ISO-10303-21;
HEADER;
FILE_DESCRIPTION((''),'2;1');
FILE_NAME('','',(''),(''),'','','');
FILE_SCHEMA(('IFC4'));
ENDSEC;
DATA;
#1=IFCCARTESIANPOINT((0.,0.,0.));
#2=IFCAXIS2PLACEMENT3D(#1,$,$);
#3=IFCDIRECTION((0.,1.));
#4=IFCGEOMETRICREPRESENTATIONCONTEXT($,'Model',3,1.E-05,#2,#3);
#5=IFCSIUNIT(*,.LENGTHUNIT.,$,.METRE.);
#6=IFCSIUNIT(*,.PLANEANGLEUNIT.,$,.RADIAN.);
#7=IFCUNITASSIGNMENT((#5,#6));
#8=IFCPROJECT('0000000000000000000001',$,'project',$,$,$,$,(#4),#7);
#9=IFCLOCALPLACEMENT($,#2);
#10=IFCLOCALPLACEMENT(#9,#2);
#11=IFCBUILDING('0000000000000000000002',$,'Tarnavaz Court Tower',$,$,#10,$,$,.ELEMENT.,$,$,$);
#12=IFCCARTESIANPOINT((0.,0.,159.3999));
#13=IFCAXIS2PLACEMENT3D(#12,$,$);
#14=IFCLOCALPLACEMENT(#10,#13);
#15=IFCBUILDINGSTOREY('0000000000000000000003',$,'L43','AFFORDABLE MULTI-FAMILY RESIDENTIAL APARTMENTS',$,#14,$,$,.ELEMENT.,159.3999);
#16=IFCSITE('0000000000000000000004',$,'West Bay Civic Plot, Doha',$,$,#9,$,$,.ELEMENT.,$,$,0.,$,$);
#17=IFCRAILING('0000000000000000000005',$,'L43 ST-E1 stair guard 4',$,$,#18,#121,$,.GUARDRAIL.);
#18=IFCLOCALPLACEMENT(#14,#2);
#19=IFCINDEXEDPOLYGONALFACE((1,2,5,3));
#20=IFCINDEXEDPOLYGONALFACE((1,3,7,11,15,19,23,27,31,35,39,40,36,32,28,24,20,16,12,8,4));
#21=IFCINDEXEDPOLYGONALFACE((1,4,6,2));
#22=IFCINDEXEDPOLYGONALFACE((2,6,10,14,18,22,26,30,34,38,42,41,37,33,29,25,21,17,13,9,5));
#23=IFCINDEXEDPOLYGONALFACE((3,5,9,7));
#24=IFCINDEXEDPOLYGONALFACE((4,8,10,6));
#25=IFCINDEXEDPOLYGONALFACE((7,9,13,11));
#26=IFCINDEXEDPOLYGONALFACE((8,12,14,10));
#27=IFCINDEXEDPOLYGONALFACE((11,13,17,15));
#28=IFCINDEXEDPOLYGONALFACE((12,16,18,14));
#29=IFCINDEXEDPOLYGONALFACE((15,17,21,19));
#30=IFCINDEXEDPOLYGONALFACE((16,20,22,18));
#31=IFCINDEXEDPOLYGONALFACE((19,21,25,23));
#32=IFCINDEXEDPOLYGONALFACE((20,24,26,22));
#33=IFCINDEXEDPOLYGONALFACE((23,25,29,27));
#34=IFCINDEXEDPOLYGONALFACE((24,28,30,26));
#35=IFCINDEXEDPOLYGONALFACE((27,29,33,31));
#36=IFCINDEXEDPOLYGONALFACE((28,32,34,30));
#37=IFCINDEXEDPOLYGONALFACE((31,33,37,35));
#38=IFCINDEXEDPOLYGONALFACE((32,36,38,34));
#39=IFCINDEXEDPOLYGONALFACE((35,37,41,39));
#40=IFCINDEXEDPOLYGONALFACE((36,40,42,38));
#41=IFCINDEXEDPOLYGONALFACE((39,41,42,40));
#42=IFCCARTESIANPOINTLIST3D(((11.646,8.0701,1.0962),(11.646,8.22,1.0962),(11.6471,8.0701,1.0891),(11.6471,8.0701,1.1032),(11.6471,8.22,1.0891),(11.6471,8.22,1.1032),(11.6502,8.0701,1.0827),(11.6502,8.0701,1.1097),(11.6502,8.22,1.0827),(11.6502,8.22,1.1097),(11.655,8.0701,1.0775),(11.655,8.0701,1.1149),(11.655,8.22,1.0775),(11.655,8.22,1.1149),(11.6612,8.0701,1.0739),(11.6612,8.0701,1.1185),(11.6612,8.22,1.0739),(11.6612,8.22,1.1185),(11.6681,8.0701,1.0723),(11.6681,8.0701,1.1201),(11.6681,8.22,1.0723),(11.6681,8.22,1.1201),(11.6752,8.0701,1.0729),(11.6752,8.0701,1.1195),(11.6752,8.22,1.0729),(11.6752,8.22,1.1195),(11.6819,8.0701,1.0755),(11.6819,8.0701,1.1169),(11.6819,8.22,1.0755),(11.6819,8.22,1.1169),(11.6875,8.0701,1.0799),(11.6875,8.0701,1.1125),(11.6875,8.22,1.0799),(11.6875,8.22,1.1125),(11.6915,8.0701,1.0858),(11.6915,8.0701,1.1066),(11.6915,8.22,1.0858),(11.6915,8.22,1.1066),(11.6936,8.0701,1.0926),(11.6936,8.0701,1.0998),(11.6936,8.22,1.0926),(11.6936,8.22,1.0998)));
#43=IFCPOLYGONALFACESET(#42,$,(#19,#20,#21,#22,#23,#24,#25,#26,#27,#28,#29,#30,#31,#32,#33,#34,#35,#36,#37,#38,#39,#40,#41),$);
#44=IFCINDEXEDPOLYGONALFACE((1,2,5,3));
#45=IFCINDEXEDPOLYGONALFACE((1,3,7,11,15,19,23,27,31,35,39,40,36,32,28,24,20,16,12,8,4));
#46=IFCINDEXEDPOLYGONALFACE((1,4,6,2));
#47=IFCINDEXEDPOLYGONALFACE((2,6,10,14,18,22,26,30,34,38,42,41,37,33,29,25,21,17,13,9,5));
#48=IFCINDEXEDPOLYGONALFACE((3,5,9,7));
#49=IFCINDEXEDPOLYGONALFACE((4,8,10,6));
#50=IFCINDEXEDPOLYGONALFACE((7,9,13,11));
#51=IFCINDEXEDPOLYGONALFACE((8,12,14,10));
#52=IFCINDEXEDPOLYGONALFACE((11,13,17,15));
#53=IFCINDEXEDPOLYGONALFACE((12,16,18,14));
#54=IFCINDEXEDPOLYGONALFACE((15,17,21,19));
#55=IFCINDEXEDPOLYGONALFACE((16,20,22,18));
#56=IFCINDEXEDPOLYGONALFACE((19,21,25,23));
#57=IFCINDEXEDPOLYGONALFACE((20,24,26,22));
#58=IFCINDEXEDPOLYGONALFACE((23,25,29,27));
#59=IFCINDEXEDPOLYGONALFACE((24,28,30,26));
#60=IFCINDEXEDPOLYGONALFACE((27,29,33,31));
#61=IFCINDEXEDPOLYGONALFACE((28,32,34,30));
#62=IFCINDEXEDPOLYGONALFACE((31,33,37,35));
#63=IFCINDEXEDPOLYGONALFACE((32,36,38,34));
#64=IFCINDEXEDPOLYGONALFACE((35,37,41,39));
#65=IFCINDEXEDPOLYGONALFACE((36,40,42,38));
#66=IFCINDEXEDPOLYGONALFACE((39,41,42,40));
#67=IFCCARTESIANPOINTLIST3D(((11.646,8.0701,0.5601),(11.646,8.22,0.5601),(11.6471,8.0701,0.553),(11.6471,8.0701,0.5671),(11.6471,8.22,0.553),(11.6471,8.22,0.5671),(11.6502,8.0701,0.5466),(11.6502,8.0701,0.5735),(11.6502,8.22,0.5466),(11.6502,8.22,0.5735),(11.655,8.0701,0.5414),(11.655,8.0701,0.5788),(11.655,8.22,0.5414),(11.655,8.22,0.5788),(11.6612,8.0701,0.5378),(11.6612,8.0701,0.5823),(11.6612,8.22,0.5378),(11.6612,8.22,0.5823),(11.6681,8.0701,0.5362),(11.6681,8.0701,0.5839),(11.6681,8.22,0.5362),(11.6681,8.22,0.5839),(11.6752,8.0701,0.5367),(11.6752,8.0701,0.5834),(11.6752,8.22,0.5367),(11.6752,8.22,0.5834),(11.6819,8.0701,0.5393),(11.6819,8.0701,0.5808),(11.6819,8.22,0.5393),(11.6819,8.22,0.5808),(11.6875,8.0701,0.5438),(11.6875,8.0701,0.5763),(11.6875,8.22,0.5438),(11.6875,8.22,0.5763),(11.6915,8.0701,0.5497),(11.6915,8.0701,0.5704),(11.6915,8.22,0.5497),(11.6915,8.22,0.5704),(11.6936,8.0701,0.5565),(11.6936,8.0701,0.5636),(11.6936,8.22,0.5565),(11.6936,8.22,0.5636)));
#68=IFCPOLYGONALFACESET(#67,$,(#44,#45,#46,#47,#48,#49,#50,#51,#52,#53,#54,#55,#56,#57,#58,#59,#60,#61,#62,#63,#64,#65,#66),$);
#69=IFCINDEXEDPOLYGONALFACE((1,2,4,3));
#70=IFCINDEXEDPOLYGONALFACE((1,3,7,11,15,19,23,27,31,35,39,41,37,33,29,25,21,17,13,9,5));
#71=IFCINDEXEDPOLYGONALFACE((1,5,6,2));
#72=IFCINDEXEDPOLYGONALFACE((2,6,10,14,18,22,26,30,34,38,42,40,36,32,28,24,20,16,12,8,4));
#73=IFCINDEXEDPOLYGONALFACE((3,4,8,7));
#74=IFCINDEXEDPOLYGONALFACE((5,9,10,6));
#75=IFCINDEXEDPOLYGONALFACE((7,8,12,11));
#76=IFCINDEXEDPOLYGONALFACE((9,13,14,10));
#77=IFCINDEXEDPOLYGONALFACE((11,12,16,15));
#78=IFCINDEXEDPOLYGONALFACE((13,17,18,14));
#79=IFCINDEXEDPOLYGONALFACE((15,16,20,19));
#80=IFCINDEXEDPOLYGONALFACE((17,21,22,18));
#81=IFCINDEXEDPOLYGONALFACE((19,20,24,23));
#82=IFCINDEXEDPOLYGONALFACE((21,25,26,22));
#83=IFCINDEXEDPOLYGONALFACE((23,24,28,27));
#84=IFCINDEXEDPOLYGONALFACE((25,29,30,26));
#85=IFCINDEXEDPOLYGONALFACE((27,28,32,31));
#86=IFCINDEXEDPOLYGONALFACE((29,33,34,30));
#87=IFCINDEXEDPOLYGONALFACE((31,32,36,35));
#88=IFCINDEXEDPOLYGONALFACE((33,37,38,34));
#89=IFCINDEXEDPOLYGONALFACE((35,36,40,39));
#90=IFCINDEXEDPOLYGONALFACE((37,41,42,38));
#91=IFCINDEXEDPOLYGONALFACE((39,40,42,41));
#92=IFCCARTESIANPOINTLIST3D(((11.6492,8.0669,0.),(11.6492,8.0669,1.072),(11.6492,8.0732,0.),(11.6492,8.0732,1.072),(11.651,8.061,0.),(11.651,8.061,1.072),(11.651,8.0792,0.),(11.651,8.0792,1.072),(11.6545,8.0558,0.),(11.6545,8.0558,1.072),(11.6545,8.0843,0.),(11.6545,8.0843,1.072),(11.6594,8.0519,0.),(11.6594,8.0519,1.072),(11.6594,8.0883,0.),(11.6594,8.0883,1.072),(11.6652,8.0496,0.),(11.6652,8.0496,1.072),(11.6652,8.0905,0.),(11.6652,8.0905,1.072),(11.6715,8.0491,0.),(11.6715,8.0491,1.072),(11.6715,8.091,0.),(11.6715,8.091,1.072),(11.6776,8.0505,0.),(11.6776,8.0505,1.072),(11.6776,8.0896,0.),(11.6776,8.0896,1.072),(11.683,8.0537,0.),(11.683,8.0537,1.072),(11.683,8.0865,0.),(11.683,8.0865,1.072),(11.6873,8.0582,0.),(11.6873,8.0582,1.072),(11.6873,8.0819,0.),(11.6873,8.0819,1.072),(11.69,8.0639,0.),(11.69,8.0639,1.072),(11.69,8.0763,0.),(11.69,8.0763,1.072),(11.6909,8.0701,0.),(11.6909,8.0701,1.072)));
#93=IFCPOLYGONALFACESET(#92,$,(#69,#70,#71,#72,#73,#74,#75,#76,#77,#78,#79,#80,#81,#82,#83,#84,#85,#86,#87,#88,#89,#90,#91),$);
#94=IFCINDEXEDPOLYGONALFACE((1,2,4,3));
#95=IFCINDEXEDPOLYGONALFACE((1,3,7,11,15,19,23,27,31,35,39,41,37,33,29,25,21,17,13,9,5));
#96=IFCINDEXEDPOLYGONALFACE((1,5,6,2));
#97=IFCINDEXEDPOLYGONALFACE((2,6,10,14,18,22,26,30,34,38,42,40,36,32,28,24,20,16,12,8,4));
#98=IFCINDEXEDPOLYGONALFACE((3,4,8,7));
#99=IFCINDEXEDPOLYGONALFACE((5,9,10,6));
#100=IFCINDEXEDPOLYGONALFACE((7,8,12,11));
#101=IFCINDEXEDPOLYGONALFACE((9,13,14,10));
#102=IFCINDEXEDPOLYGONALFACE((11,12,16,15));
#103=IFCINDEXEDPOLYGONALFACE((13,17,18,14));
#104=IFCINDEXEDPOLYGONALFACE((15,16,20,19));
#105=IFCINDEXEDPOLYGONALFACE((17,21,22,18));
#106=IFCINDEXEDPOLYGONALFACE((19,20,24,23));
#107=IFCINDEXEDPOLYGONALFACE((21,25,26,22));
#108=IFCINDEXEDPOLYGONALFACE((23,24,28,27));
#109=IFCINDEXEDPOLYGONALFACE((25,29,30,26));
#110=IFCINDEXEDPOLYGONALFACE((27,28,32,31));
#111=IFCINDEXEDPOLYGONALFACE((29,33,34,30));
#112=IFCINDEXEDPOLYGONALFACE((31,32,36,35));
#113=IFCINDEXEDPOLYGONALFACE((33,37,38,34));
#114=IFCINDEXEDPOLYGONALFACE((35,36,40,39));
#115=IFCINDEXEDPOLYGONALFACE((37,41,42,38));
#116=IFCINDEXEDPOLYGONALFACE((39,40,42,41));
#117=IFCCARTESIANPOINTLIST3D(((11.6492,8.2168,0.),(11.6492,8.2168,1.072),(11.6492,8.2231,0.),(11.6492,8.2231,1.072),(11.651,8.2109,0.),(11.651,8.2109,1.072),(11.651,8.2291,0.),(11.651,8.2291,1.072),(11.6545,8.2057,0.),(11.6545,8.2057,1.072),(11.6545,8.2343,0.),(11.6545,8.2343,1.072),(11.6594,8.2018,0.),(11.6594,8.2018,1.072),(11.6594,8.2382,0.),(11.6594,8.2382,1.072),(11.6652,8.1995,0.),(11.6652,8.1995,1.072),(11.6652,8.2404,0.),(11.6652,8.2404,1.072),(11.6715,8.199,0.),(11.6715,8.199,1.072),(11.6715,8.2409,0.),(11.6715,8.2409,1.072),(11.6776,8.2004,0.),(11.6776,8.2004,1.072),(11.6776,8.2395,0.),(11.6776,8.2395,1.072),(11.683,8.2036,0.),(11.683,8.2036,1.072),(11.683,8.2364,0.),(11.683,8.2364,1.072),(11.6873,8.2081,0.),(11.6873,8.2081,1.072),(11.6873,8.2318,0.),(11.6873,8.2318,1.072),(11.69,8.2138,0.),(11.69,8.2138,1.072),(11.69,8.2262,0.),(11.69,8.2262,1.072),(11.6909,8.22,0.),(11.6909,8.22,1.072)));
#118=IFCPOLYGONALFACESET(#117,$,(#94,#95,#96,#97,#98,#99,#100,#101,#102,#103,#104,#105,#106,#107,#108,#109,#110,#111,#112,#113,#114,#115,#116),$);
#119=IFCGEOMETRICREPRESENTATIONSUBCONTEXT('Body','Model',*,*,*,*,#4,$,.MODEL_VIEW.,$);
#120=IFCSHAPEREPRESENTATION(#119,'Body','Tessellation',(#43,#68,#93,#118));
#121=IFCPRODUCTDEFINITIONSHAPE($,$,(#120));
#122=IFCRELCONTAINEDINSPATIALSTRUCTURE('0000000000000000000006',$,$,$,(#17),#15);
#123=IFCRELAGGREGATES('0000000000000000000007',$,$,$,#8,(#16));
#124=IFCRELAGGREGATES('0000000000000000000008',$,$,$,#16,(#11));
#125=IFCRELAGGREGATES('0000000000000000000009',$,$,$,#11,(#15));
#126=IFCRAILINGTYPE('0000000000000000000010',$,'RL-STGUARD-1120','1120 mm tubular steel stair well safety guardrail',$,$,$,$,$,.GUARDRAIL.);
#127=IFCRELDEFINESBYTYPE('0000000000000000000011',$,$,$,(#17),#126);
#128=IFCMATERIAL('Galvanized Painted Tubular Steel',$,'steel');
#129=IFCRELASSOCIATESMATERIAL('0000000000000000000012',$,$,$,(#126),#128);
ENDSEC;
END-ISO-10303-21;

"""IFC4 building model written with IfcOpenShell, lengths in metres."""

from ifc_helpers import new_model, si_unit, direction, frame, origin, origin_2d, place, context, subcontext, project, spatial, circle, extrude, material, type_object, element, save


model = new_model("IFC4")

# Units and contexts
model_context = context("Model", 3, precision=1e-05, world=origin(), true_north=direction((0.0, 1.0)))
body_context = subcontext(model_context, "Body", "Model", "MODEL_VIEW")
ifc_project = project(units=[si_unit("LENGTHUNIT", "METRE"), si_unit("PLANEANGLEUNIT", "RADIAN")], contexts=[model_context])

# Site, building, storey
site_placement = place(None, origin())
site = spatial("IfcSite", under=ifc_project, at=site_placement, Name="West Bay Civic Plot, Doha", CompositionType="ELEMENT", RefElevation=0.0)
building_placement = place(site_placement, origin())
building = spatial("IfcBuilding", under=site, at=building_placement, Name="Tarnavaz Court Tower", CompositionType="ELEMENT")
storey_placement = place(building_placement, frame((0.0, 0.0, 159.3999)))
storey = spatial("IfcBuildingStorey", under=building, at=storey_placement, Name="L43", Description="AFFORDABLE MULTI-FAMILY RESIDENTIAL APARTMENTS", CompositionType="ELEMENT", Elevation=159.3999)

# Railing
ifc_material_1 = material(Name="Galvanized Painted Tubular Steel", Category="steel")
railing_type_1 = type_object("IfcRailingType", Name="RL-STGUARD-1120", Description="1120 mm tubular steel stair well safety guardrail", PredefinedType="GUARDRAIL", material=ifc_material_1)
railing_1_placement = place(storey_placement, frame((11.6699, 8.0701, 0.0)))
element("IfcRailing", 1, at=railing_1_placement, inside=storey, type_object=railing_type_1, Name="L43 ST-E1 stair guard 4", PredefinedType="GUARDRAIL", context=body_context, shape_type="SweptSolid", body=[
    extrude(circle(Radius=0.0239, at=origin_2d()), frame((0.0, 0.0, 1.0962), z_axis=(0.0, 1.0, 0.0), x_axis=(-1.0, 0.0, 0.0)), (0.0, 0.0, 1.0), 0.1499),
    extrude(circle(Radius=0.0239, at=origin_2d()), frame((0.0, 0.0, 0.5601), z_axis=(0.0, 1.0, 0.0), x_axis=(-1.0, 0.0, 0.0)), (0.0, 0.0, 1.0), 0.1499),
    extrude(circle(Radius=0.021, at=origin_2d()), origin(), (0.0, 0.0, 1.0), 1.072),
    extrude(circle(Radius=0.021, at=origin_2d()), frame((0.0, 0.1499, 0.0)), (0.0, 0.0, 1.0), 1.072),
])

save(model, "model.ifc")
